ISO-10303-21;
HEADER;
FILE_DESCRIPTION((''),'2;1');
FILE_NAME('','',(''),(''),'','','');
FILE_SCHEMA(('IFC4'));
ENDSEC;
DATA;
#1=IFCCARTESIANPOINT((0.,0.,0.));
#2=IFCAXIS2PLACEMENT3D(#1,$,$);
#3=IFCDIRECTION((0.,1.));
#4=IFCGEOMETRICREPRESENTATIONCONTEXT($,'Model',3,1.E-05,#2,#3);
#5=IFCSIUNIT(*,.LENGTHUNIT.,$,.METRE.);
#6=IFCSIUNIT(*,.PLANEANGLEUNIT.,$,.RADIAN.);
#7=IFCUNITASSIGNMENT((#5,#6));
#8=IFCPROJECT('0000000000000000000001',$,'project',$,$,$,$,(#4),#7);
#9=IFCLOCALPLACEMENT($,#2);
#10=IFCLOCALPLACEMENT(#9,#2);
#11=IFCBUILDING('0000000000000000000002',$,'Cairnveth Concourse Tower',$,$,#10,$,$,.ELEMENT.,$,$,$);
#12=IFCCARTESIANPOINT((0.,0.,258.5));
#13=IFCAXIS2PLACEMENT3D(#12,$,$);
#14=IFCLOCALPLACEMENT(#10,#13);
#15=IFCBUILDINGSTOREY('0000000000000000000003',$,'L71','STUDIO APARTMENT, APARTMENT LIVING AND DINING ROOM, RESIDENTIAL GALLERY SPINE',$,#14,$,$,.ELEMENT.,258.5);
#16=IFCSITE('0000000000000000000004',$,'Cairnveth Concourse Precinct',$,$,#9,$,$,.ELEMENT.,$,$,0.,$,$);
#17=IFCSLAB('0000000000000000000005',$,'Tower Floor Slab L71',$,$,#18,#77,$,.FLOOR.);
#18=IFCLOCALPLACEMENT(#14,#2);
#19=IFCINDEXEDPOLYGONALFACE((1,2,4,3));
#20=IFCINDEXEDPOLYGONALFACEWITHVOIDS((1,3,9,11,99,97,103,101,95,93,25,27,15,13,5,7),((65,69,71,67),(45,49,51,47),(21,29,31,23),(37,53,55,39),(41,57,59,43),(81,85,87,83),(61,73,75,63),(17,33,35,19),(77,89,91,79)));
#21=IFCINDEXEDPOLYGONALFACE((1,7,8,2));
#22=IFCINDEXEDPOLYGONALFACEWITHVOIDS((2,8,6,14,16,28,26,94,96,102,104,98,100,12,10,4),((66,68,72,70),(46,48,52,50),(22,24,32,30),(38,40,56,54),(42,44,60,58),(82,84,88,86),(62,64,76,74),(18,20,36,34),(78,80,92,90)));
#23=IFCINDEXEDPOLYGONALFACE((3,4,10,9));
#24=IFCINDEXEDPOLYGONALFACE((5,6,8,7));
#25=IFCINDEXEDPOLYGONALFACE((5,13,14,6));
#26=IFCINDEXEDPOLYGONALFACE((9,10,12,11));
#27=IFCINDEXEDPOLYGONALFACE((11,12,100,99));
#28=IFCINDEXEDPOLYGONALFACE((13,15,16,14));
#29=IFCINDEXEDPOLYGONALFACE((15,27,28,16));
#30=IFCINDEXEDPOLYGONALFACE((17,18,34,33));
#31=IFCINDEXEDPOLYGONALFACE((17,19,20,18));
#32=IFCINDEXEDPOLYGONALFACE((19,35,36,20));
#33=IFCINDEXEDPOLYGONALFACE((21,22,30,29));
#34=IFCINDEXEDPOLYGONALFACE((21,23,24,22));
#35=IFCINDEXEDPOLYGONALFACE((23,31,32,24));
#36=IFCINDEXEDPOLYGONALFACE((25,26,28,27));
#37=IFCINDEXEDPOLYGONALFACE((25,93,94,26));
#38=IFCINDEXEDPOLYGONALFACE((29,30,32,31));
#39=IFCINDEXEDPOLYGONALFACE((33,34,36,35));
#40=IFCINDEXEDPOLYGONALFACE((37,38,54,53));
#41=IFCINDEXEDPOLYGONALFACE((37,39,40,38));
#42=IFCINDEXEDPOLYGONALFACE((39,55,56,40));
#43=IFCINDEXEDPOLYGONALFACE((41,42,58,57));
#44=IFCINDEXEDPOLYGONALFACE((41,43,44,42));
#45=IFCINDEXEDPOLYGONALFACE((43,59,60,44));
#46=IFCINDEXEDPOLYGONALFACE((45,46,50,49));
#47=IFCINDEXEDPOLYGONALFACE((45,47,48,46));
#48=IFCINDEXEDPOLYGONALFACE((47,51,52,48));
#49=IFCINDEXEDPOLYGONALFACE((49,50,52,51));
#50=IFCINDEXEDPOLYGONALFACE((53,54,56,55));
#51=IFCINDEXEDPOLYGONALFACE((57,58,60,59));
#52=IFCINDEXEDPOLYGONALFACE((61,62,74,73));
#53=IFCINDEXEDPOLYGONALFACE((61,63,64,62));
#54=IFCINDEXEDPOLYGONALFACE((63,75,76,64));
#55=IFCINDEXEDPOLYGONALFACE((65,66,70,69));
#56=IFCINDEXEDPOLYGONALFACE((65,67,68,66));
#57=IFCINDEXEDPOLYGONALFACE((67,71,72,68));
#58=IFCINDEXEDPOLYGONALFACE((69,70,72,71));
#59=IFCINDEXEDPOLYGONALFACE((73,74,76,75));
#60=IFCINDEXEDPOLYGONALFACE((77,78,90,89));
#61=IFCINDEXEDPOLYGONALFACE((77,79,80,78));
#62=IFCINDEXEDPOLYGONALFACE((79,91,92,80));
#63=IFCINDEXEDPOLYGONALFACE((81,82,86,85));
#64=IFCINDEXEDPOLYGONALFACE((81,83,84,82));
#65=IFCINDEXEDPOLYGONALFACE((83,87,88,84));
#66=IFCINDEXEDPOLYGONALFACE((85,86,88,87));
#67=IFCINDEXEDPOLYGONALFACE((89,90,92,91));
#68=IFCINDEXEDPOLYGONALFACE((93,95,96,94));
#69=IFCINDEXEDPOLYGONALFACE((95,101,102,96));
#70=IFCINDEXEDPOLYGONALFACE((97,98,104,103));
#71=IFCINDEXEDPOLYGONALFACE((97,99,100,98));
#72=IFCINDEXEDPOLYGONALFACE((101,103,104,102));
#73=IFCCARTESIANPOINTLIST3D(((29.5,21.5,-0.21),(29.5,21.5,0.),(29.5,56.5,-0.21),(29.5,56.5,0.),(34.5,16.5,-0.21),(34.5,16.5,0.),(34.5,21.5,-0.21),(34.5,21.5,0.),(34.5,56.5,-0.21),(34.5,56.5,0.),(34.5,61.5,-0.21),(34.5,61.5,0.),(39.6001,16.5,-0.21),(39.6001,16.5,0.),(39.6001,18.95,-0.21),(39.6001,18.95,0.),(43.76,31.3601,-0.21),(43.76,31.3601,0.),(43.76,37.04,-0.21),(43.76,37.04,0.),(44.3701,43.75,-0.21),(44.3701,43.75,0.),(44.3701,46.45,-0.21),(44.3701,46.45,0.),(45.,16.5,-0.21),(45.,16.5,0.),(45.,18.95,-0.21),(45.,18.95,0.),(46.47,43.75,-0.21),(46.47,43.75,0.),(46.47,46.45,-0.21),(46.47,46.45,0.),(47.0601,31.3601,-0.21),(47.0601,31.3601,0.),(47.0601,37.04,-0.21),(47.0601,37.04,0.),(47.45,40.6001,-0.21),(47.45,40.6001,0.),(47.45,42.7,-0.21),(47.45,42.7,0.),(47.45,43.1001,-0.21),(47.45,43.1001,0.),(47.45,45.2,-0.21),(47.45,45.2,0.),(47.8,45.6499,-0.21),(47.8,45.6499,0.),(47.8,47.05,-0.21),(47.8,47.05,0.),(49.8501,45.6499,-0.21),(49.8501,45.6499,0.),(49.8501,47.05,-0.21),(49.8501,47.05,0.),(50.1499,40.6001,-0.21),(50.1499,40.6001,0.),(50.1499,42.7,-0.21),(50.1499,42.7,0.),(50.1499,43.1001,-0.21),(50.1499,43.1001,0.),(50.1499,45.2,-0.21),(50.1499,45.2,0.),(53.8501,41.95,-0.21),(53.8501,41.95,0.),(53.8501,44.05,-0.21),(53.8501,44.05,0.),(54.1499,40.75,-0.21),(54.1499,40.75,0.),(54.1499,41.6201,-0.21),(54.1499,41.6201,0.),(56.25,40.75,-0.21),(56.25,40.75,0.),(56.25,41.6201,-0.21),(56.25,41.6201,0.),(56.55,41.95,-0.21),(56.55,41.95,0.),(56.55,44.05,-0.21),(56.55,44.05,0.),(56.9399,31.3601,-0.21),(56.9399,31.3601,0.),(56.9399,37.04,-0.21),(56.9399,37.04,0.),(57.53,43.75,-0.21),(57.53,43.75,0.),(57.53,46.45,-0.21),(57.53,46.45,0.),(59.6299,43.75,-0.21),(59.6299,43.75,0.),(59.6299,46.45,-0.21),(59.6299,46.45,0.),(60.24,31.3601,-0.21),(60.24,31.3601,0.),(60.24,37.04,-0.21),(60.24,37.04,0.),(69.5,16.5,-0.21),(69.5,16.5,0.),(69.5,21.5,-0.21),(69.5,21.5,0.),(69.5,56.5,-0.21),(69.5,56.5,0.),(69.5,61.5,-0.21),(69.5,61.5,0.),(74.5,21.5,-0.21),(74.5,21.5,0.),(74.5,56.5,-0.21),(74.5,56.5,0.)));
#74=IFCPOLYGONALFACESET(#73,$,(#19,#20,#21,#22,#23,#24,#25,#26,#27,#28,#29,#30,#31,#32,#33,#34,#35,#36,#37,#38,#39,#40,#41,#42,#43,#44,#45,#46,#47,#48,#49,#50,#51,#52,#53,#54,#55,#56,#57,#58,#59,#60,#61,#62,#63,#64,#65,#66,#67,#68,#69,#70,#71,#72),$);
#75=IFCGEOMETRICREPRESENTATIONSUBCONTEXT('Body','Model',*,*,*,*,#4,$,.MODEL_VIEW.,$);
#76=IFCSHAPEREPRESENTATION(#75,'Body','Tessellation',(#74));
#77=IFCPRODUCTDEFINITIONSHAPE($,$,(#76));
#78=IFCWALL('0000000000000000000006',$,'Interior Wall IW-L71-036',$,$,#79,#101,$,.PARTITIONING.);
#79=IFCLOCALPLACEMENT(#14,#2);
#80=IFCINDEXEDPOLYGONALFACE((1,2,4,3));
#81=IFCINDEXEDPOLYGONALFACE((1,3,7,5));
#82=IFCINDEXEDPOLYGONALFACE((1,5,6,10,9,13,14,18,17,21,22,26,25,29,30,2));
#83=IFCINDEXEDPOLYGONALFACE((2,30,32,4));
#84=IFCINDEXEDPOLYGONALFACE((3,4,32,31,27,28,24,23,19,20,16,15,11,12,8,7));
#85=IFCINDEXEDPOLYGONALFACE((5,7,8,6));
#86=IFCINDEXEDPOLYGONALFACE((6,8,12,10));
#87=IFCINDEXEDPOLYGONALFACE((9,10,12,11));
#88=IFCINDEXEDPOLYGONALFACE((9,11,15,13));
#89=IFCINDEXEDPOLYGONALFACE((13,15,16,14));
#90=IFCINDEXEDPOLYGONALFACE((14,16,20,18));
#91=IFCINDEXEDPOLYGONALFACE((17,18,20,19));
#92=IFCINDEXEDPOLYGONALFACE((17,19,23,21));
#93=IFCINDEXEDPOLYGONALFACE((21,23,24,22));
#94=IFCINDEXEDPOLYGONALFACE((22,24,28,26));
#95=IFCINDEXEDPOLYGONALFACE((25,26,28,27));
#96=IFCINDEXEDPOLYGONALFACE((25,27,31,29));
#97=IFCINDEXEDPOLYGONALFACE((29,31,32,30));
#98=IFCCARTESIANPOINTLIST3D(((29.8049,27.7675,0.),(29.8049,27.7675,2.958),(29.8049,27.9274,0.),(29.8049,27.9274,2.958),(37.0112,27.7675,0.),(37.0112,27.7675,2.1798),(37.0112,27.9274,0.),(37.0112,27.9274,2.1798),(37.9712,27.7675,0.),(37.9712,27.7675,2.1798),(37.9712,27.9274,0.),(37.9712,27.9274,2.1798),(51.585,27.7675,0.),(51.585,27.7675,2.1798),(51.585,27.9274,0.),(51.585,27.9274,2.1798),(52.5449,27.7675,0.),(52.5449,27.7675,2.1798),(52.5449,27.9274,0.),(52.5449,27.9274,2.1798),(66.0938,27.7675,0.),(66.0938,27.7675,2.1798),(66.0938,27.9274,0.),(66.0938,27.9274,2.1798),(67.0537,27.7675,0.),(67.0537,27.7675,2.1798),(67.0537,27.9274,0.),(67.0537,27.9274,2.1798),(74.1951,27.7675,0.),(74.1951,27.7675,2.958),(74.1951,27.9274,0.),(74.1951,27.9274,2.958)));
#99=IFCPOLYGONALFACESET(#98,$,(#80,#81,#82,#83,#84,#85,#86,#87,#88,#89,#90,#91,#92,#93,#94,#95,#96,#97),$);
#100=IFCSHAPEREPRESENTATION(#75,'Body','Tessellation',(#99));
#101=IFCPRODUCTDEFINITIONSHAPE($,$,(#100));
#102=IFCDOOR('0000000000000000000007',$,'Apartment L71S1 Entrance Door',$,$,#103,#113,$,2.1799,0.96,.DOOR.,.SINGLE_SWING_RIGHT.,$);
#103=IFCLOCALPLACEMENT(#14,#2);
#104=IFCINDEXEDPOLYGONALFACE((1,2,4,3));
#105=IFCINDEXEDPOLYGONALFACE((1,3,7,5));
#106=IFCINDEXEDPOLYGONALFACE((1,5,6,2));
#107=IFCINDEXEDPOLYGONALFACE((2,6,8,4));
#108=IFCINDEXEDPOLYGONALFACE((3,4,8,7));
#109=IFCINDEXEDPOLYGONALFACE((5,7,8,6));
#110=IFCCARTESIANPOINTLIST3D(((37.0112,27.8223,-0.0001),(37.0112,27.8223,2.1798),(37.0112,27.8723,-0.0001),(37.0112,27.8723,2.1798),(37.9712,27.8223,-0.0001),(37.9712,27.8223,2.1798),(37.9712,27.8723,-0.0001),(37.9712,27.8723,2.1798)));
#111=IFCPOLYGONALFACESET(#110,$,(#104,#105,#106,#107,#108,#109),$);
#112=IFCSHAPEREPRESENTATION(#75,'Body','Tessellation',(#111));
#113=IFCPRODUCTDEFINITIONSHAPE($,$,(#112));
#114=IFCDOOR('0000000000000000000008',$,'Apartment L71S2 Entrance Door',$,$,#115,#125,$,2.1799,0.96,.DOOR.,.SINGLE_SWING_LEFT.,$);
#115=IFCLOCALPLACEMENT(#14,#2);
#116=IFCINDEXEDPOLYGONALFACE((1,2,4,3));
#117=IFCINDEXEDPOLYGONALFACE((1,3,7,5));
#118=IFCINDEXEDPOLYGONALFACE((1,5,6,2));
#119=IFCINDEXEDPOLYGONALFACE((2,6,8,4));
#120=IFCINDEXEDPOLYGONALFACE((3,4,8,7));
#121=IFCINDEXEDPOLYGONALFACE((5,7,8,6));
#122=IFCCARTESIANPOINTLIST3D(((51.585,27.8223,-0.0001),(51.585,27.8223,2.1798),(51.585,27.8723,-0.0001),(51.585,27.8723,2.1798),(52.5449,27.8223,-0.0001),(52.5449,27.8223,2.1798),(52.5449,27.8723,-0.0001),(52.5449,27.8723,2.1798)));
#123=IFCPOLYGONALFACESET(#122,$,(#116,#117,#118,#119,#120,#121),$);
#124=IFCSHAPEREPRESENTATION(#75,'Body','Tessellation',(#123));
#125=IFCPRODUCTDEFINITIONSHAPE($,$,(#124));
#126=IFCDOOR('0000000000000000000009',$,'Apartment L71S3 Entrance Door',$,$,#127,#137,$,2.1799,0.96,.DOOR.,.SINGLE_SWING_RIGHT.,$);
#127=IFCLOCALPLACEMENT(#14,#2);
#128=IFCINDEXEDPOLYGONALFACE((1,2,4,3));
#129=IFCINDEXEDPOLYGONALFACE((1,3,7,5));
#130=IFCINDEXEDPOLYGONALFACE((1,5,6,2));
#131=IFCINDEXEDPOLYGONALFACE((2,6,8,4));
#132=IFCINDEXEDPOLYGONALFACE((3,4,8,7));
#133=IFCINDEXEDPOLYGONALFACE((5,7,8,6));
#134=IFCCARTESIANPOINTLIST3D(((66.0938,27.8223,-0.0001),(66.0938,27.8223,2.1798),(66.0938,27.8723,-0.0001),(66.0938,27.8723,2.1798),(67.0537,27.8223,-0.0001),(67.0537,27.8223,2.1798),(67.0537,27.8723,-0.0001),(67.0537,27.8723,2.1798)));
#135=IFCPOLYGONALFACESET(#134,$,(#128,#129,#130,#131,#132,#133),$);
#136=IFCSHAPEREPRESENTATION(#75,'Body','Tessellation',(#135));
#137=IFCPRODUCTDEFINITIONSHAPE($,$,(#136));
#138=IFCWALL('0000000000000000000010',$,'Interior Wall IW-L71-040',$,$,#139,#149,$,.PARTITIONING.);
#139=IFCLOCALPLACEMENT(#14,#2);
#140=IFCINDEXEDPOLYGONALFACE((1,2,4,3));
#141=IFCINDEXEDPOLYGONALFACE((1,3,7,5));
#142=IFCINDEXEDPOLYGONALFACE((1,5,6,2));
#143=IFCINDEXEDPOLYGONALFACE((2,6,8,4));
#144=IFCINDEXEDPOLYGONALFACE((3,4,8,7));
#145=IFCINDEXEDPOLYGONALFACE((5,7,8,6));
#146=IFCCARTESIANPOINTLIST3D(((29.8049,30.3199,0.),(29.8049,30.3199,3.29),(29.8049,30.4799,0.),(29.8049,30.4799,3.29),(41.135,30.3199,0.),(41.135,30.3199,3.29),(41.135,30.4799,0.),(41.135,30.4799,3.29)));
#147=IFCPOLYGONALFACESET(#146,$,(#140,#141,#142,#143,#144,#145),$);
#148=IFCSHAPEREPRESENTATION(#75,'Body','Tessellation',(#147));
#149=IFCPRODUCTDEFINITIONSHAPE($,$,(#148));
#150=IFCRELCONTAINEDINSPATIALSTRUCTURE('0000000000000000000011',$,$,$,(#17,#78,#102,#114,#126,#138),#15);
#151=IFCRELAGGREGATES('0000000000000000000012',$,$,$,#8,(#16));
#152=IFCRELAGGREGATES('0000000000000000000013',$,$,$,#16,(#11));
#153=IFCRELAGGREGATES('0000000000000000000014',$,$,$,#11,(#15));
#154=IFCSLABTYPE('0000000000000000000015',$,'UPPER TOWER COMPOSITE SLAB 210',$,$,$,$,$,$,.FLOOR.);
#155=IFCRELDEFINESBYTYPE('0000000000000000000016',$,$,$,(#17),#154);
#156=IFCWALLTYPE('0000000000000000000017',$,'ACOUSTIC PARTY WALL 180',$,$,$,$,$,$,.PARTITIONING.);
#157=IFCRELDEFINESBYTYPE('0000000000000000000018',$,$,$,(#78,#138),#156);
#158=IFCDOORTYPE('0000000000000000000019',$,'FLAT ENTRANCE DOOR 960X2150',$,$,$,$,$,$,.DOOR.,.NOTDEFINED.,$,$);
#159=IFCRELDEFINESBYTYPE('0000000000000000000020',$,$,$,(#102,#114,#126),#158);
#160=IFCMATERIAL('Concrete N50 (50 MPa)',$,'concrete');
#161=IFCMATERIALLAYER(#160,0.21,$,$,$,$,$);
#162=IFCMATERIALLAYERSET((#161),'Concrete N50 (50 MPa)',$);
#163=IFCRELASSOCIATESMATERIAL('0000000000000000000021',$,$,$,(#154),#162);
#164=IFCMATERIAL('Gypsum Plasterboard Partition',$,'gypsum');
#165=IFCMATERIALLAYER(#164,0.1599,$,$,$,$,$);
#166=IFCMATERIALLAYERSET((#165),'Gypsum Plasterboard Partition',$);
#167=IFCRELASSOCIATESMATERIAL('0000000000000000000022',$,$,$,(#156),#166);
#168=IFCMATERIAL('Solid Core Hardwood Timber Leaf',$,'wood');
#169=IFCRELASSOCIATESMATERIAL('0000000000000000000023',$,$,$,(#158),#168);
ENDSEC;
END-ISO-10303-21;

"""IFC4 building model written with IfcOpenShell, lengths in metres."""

from ifc_helpers import new_model, si_unit, direction, frame, frame_2d, origin, place, context, subcontext, project, spatial, polyline, rectangle, outline, extrude, material, layer, layer_set, type_object, element, fill, save


model = new_model("IFC4")

# Units and contexts
model_context = context("Model", 3, precision=1e-05, world=origin(), true_north=direction((0.0, 1.0)))
body_context = subcontext(model_context, "Body", "Model", "MODEL_VIEW")
ifc_project = project(units=[si_unit("LENGTHUNIT", "METRE"), si_unit("PLANEANGLEUNIT", "RADIAN")], contexts=[model_context])

# Site, building, storey
site_placement = place(None, origin())
site = spatial("IfcSite", under=ifc_project, at=site_placement, Name="Cairnveth Concourse Precinct", CompositionType="ELEMENT", RefElevation=0.0)
building_placement = place(site_placement, origin())
building = spatial("IfcBuilding", under=site, at=building_placement, Name="Cairnveth Concourse Tower", CompositionType="ELEMENT")
storey_placement = place(building_placement, frame((0.0, 0.0, 258.5)))
storey = spatial("IfcBuildingStorey", under=building, at=storey_placement, Name="L71", Description="STUDIO APARTMENT, APARTMENT LIVING AND DINING ROOM, RESIDENTIAL GALLERY SPINE", CompositionType="ELEMENT", Elevation=258.5)

# Shared definitions
ifc_material_1 = material(Name="Concrete N50 (50 MPa)", Category="concrete")

# Slab
ifc_layer_1 = layer(ifc_material_1, 0.21)
ifc_layer_set_1 = layer_set([ifc_layer_1], Name="Concrete N50 (50 MPa)")
slab_type_1 = type_object("IfcSlabType", Name="UPPER TOWER COMPOSITE SLAB 210", PredefinedType="FLOOR", material=ifc_layer_set_1)
slab_1_placement = place(storey_placement, frame((0.0, 0.0, -0.21)))
element("IfcSlab", 1, at=slab_1_placement, inside=storey, type_object=slab_type_1, Name="Tower Floor Slab L71", PredefinedType="FLOOR", context=body_context, shape_type="SweptSolid", body=[
    extrude(outline(polyline([(39.6001, 16.5), (39.6001, 18.95), (45.0, 18.95), (45.0, 16.5), (69.5, 16.5), (69.5, 21.5), (74.5, 21.5), (74.5, 56.5), (69.5, 56.5), (69.5, 61.5), (34.5, 61.5), (34.5, 56.5), (29.5, 56.5), (29.5, 21.5), (34.5, 21.5), (34.5, 16.5), (39.6001, 16.5)]), holes=[polyline([(43.76, 31.3601), (47.0601, 31.3601), (47.0601, 37.04), (43.76, 37.04), (43.76, 31.3601)]), polyline([(56.9399, 31.3601), (60.24, 31.3601), (60.24, 37.04), (56.9399, 37.04), (56.9399, 31.3601)]), polyline([(44.3701, 43.75), (46.47, 43.75), (46.47, 46.45), (44.3701, 46.45), (44.3701, 43.75)]), polyline([(57.53, 43.75), (59.6299, 43.75), (59.6299, 46.45), (57.53, 46.45), (57.53, 43.75)]), polyline([(47.45, 40.6001), (50.1499, 40.6001), (50.1499, 42.7), (47.45, 42.7), (47.45, 40.6001)]), polyline([(47.45, 43.1001), (50.1499, 43.1001), (50.1499, 45.2), (47.45, 45.2), (47.45, 43.1001)]), polyline([(53.8501, 41.95), (56.55, 41.95), (56.55, 44.05), (53.8501, 44.05), (53.8501, 41.95)]), polyline([(47.8, 45.6499), (49.8501, 45.6499), (49.8501, 47.05), (47.8, 47.05), (47.8, 45.6499)]), polyline([(54.1499, 40.75), (56.25, 40.75), (56.25, 41.6201), (54.1499, 41.6201), (54.1499, 40.75)])]), origin(), (0.0, 0.0, 1.0), 0.21),
])

# Wall, openings, doors
ifc_material_2 = material(Name="Gypsum Plasterboard Partition", Category="gypsum")
ifc_layer_2 = layer(ifc_material_2, 0.1599)
ifc_layer_set_2 = layer_set([ifc_layer_2], Name="Gypsum Plasterboard Partition")
wall_type_1 = type_object("IfcWallType", Name="ACOUSTIC PARTY WALL 180", PredefinedType="PARTITIONING", material=ifc_layer_set_2)
wall_1_placement = place(storey_placement, frame((29.8049, 27.8474, 0.0), z_axis=(0.0, 0.0, 1.0), x_axis=(1.0, 0.0, 0.0)))
wall_1 = element("IfcWall", 2, at=wall_1_placement, inside=storey, type_object=wall_type_1, Name="Interior Wall IW-L71-036", PredefinedType="PARTITIONING", context=body_context, shape_type="SweptSolid", body=[
    extrude(rectangle(XDim=44.3901, YDim=0.1599, at=frame_2d((22.1951, 0.0))), origin(), (0.0, 0.0, 1.0), 2.958),
])
opening_1_placement = place(wall_1_placement, frame((7.2063, 0.0, 0.0)))
opening_1 = element("IfcOpeningElement", 3, at=opening_1_placement, cuts=wall_1, PredefinedType="OPENING", context=body_context, shape_type="SweptSolid", body=[
    extrude(rectangle(XDim=0.96, YDim=2.1799, at=frame_2d((0.48, 1.0898))), frame((0.0, 0.0898, 0.0), z_axis=(0.0, -1.0, 0.0), x_axis=(1.0, 0.0, 0.0)), (0.0, 0.0, 1.0), 0.1799),
])
opening_2_placement = place(wall_1_placement, frame((21.78, 0.0, 0.0)))
opening_2 = element("IfcOpeningElement", 4, at=opening_2_placement, cuts=wall_1, PredefinedType="OPENING", context=body_context, shape_type="SweptSolid", body=[
    extrude(rectangle(XDim=0.96, YDim=2.1799, at=frame_2d((0.48, 1.0898))), frame((0.0, 0.0898, 0.0), z_axis=(0.0, -1.0, 0.0), x_axis=(1.0, 0.0, 0.0)), (0.0, 0.0, 1.0), 0.1799),
])
opening_3_placement = place(wall_1_placement, frame((36.2888, 0.0, 0.0)))
opening_3 = element("IfcOpeningElement", 5, at=opening_3_placement, cuts=wall_1, PredefinedType="OPENING", context=body_context, shape_type="SweptSolid", body=[
    extrude(rectangle(XDim=0.96, YDim=2.1799, at=frame_2d((0.48, 1.0898))), frame((0.0, 0.0898, 0.0), z_axis=(0.0, -1.0, 0.0), x_axis=(1.0, 0.0, 0.0)), (0.0, 0.0, 1.0), 0.1799),
])
ifc_material_3 = material(Name="Solid Core Hardwood Timber Leaf", Category="wood")
door_type = type_object("IfcDoorType", Name="FLAT ENTRANCE DOOR 960X2150", OperationType="NOTDEFINED", PredefinedType="DOOR", material=ifc_material_3)
door_1_placement = place(opening_1_placement, origin())
door_1 = element("IfcDoor", 6, at=door_1_placement, inside=storey, type_object=door_type, Name="Apartment L71S1 Entrance Door", OperationType="SINGLE_SWING_RIGHT", OverallHeight=2.1799, OverallWidth=0.96, PredefinedType="DOOR", context=body_context, shape_type="SweptSolid", body=[
    extrude(rectangle(XDim=0.96, YDim=2.1799, at=frame_2d((0.48, 1.0898))), frame((0.0, 0.0249, 0.0), z_axis=(0.0, -1.0, 0.0), x_axis=(1.0, 0.0, 0.0)), (0.0, 0.0, 1.0), 0.05),
])
fill(opening_1, door_1)
door_2_placement = place(opening_2_placement, origin())
door_2 = element("IfcDoor", 7, at=door_2_placement, inside=storey, type_object=door_type, Name="Apartment L71S2 Entrance Door", OperationType="SINGLE_SWING_LEFT", OverallHeight=2.1799, OverallWidth=0.96, PredefinedType="DOOR", context=body_context, shape_type="SweptSolid", body=[
    extrude(rectangle(XDim=0.96, YDim=2.1799, at=frame_2d((0.48, 1.0898))), frame((0.0, 0.0249, 0.0), z_axis=(0.0, -1.0, 0.0), x_axis=(1.0, 0.0, 0.0)), (0.0, 0.0, 1.0), 0.05),
])
fill(opening_2, door_2)
door_3_placement = place(opening_3_placement, origin())
door_3 = element("IfcDoor", 8, at=door_3_placement, inside=storey, type_object=door_type, Name="Apartment L71S3 Entrance Door", OperationType="SINGLE_SWING_RIGHT", OverallHeight=2.1799, OverallWidth=0.96, PredefinedType="DOOR", context=body_context, shape_type="SweptSolid", body=[
    extrude(rectangle(XDim=0.96, YDim=2.1799, at=frame_2d((0.48, 1.0898))), frame((0.0, 0.0249, 0.0), z_axis=(0.0, -1.0, 0.0), x_axis=(1.0, 0.0, 0.0)), (0.0, 0.0, 1.0), 0.05),
])
fill(opening_3, door_3)

# Wall
wall_2_placement = place(storey_placement, frame((29.8049, 30.3999, 0.0), z_axis=(0.0, 0.0, 1.0), x_axis=(1.0, 0.0, 0.0)))
element("IfcWall", 9, at=wall_2_placement, inside=storey, type_object=wall_type_1, Name="Interior Wall IW-L71-040", PredefinedType="PARTITIONING", context=body_context, shape_type="SweptSolid", body=[
    extrude(rectangle(XDim=11.3301, YDim=0.1599, at=frame_2d((5.665, 0.0))), origin(), (0.0, 0.0, 1.0), 3.29),
])

save(model, "model.ifc")
